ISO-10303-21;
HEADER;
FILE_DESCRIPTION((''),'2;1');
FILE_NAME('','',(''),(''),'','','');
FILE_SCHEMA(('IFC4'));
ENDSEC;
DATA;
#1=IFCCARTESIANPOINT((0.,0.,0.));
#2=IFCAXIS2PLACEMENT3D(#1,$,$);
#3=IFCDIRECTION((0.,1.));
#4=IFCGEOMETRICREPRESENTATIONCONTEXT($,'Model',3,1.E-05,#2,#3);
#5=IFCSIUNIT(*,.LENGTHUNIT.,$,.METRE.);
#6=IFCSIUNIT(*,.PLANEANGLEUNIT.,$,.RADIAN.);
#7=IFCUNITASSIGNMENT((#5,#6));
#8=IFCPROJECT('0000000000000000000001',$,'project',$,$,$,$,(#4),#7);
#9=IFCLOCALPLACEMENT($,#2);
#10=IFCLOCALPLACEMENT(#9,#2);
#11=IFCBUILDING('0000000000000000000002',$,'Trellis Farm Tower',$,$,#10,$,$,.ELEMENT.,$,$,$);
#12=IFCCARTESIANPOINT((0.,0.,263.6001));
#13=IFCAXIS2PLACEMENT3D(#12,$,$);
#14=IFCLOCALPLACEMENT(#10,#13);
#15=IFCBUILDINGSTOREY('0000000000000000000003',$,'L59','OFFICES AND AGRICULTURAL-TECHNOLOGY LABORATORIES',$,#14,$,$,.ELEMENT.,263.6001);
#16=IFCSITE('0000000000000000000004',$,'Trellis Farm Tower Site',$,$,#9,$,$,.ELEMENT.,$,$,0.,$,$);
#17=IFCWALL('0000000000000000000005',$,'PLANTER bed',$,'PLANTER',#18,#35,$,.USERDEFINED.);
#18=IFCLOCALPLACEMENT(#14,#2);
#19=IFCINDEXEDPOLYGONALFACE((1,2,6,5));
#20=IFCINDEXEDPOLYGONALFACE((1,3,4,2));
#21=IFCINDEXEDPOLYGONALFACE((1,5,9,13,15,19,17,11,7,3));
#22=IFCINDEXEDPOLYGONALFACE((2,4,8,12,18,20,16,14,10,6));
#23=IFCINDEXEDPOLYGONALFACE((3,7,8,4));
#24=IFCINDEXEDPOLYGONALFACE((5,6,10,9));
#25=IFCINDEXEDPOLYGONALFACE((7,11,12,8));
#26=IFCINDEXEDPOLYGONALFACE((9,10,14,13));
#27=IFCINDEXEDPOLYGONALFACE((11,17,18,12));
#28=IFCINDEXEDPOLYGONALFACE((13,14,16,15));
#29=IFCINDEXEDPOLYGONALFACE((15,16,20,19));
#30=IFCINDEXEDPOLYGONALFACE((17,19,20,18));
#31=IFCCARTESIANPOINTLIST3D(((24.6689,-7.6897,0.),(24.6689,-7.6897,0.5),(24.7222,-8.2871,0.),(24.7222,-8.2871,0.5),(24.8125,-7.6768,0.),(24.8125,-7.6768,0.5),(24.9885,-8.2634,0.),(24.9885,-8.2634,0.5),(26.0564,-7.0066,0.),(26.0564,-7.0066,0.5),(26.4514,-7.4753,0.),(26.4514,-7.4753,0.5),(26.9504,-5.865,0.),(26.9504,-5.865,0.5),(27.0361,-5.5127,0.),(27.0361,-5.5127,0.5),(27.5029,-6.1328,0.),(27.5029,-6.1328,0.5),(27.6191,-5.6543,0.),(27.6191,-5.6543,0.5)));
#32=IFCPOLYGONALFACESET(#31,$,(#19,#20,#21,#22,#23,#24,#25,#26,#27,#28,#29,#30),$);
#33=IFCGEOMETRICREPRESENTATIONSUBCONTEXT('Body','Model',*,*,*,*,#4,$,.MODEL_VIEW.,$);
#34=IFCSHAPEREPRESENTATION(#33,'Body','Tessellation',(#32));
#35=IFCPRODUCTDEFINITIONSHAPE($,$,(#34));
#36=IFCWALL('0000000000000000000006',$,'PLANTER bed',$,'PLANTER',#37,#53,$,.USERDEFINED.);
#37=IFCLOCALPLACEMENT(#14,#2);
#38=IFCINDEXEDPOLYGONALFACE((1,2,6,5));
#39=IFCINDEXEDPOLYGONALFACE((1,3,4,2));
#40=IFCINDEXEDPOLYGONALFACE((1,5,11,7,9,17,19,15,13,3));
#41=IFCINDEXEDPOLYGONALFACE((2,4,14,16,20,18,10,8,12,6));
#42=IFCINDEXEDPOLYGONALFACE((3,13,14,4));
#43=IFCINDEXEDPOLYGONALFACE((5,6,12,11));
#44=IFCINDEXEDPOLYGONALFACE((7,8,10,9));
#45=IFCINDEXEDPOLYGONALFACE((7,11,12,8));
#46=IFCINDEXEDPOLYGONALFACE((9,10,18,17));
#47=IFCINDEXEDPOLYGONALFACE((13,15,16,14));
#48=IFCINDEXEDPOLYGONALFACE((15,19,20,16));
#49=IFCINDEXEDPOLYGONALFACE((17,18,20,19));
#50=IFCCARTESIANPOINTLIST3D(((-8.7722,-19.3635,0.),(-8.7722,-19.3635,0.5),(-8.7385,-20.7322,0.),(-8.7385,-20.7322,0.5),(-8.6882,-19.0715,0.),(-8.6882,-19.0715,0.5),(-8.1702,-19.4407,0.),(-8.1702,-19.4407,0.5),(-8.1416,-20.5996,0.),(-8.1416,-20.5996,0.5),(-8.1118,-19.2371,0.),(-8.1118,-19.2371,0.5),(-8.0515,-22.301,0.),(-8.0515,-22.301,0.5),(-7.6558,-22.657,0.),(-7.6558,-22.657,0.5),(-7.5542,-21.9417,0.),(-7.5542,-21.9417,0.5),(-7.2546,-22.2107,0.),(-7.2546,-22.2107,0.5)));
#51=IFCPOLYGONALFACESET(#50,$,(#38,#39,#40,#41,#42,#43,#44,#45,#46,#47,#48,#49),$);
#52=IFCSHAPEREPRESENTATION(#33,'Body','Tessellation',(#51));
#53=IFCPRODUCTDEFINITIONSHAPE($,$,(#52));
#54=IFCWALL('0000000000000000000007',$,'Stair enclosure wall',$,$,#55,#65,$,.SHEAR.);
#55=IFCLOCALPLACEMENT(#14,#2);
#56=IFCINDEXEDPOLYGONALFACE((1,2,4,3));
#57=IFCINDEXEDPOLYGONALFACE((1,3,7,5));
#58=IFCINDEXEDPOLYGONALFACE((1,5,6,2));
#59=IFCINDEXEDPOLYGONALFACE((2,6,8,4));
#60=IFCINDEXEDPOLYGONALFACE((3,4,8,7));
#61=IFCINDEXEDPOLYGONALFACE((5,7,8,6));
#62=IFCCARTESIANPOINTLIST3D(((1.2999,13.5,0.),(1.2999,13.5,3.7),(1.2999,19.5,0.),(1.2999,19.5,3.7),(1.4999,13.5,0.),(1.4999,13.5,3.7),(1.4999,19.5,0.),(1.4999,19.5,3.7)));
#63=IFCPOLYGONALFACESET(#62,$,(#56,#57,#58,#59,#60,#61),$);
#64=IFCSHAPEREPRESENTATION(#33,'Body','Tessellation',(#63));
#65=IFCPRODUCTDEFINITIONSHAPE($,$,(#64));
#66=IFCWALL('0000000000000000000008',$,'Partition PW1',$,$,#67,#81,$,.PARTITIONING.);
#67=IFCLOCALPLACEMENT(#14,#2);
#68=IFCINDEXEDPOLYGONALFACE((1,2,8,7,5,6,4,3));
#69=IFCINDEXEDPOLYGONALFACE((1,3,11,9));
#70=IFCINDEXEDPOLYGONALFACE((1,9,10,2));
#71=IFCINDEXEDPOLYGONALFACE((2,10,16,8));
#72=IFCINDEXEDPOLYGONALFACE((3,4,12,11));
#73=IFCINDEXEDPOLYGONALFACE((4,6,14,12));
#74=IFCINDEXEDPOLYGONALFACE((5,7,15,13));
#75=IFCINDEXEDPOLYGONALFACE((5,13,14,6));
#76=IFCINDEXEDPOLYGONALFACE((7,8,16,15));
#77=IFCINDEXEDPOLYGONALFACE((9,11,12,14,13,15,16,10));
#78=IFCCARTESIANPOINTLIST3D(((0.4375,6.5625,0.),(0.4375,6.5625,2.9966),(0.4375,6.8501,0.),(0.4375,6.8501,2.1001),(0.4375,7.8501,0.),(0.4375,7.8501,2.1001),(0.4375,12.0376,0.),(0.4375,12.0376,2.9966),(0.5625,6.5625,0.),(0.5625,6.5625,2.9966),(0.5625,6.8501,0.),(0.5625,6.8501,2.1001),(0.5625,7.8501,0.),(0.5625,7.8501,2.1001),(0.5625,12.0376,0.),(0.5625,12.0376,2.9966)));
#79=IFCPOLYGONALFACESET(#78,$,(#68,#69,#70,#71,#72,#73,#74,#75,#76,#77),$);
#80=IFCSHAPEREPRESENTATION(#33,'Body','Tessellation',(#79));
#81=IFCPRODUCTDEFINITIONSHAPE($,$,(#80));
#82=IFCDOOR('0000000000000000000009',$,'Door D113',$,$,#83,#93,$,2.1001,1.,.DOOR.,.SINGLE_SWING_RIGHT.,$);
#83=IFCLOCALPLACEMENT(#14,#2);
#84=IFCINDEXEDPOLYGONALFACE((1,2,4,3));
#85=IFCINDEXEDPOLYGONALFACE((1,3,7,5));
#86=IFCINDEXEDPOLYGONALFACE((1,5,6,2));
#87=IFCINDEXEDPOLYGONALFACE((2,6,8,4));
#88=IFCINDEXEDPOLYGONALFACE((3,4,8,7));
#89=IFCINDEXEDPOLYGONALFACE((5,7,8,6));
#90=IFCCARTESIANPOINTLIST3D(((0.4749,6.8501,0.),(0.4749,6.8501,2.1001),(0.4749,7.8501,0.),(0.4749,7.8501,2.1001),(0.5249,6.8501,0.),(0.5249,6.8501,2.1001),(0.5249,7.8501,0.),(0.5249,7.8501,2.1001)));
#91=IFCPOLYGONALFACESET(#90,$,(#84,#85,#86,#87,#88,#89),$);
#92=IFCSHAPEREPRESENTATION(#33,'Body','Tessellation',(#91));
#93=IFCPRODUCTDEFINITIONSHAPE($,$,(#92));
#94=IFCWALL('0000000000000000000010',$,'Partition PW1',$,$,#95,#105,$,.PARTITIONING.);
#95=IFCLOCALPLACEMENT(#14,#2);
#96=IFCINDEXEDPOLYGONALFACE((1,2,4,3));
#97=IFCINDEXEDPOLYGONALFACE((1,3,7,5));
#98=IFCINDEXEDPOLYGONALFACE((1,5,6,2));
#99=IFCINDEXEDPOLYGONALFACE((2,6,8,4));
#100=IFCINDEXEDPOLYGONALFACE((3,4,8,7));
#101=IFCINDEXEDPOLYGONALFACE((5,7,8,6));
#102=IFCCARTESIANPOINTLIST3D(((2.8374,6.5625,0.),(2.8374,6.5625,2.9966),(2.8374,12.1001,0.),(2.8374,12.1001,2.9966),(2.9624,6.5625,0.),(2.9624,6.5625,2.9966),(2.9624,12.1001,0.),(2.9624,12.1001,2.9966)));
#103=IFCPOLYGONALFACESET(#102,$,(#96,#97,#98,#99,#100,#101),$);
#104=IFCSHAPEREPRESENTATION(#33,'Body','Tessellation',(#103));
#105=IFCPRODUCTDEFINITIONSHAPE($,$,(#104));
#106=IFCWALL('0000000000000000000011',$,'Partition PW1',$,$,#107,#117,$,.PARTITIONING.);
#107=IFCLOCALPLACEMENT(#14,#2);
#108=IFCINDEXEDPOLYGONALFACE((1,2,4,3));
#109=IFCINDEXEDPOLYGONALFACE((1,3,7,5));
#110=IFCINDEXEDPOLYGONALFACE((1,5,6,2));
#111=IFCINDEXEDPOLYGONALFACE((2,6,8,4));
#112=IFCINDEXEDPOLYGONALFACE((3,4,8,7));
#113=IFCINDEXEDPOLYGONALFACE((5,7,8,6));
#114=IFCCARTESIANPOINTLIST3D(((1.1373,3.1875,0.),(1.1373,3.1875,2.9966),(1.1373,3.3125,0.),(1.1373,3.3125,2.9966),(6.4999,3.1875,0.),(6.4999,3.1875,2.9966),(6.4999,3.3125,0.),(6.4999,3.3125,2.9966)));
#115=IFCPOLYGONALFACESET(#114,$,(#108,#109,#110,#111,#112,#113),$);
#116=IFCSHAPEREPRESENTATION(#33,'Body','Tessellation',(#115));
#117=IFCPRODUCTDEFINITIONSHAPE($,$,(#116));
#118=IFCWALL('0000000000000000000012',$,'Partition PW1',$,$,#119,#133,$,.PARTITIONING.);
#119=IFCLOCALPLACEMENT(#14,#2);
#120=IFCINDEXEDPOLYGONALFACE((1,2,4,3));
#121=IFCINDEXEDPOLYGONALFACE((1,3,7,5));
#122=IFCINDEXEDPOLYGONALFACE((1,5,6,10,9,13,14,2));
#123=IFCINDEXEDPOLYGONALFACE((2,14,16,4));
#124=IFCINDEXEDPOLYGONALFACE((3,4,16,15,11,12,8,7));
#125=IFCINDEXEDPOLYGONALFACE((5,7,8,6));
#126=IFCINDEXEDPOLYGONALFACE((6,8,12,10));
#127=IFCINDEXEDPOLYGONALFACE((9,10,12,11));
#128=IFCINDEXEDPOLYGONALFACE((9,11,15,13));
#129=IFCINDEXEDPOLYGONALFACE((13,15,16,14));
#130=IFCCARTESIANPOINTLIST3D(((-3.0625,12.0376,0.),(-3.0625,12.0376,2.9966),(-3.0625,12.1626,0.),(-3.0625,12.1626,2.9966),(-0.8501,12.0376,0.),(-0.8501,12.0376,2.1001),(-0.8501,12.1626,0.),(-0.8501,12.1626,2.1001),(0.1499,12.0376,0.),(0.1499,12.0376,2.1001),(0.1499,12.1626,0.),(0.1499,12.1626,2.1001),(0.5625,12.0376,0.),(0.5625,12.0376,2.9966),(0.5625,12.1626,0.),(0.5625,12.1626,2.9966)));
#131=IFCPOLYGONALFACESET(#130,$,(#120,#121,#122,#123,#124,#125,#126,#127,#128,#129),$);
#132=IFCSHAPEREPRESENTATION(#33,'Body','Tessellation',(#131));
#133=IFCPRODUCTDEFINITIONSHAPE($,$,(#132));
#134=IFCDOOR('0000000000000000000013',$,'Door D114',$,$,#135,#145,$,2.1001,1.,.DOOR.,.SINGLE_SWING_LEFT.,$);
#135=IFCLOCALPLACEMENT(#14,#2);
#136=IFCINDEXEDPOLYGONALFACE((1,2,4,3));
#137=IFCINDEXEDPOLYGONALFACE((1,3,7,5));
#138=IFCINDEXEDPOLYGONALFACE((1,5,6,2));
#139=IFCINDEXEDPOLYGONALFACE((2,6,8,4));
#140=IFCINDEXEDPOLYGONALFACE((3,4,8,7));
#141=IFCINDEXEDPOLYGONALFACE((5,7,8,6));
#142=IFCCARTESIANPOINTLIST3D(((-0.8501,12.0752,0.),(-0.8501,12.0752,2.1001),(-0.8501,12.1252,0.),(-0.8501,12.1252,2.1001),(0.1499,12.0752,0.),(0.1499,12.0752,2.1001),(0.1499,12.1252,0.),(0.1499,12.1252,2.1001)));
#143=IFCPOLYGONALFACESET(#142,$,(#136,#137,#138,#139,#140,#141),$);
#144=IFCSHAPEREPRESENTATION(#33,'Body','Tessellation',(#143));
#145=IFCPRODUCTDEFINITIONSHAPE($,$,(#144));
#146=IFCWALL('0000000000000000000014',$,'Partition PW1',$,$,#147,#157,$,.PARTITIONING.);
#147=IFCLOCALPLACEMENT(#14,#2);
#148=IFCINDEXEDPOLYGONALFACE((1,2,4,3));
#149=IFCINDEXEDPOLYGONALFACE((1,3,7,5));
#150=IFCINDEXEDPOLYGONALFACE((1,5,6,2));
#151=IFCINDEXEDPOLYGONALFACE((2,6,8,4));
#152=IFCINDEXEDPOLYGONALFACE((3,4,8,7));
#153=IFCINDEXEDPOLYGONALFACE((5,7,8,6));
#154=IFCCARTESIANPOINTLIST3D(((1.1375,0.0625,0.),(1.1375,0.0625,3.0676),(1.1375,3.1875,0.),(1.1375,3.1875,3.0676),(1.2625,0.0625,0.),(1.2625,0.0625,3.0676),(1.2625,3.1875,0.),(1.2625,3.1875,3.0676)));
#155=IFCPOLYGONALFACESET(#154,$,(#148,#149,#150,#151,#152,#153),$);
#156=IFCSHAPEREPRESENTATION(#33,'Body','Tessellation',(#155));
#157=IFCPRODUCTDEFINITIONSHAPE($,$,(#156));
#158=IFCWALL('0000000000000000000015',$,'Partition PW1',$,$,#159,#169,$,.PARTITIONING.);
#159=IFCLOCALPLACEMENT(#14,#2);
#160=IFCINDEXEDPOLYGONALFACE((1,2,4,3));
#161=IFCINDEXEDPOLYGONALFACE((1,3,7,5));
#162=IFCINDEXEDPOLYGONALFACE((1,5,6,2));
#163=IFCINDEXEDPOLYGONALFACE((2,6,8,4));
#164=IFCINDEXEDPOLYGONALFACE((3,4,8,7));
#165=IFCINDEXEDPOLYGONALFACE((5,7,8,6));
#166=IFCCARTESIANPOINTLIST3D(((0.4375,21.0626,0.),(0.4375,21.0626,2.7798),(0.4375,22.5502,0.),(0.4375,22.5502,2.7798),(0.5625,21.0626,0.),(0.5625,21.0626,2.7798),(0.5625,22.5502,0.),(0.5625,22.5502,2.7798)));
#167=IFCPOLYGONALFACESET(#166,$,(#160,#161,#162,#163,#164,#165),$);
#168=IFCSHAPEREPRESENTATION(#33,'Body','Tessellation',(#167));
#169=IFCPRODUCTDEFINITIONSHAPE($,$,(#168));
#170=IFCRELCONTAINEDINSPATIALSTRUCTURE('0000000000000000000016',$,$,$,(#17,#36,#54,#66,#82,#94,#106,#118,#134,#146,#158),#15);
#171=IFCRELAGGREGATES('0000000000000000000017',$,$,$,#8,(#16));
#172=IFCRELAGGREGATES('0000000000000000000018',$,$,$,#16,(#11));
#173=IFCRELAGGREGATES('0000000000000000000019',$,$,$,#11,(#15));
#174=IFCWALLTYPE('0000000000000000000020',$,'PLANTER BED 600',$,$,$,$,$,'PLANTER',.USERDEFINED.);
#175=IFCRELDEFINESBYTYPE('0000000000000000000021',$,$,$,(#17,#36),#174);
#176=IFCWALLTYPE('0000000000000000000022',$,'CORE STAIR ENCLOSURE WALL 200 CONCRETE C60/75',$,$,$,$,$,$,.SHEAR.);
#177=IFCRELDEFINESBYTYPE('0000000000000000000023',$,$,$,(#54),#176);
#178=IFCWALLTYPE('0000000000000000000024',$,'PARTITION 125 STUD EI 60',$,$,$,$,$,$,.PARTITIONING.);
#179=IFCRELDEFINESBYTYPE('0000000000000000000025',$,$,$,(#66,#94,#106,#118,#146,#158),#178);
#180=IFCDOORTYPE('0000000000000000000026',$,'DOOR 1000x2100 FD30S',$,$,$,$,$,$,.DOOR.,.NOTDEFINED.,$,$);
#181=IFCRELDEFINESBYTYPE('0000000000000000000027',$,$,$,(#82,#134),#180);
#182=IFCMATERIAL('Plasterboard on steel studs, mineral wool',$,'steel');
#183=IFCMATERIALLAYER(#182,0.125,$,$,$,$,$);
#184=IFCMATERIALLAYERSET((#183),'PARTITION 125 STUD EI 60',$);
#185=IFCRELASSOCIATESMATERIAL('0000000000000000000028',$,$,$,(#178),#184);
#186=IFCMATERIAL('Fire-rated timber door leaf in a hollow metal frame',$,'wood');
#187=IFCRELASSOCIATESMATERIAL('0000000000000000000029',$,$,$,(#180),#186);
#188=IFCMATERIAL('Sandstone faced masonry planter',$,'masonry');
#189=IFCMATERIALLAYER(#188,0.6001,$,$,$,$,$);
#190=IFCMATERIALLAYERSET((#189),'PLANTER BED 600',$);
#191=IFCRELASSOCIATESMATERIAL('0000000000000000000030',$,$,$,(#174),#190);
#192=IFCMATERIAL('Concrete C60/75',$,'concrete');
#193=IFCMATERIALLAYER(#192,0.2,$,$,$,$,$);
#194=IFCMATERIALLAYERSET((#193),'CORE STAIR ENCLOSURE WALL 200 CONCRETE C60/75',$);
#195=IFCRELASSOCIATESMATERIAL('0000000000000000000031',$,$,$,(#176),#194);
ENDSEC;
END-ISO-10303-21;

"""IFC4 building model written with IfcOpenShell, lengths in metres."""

from ifc_helpers import new_model, si_unit, direction, frame, frame_2d, origin, place, context, subcontext, project, spatial, polyline, rectangle, outline, extrude, source, transform, mapped, material, layer, layer_set, type_object, element, fill, save


model = new_model("IFC4")

# Units and contexts
model_context = context("Model", 3, precision=1e-05, world=origin(), true_north=direction((0.0, 1.0)))
body_context = subcontext(model_context, "Body", "Model", "MODEL_VIEW")
ifc_project = project(units=[si_unit("LENGTHUNIT", "METRE"), si_unit("PLANEANGLEUNIT", "RADIAN")], contexts=[model_context])

# Site, building, storey
site_placement = place(None, origin())
site = spatial("IfcSite", under=ifc_project, at=site_placement, Name="Trellis Farm Tower Site", CompositionType="ELEMENT", RefElevation=0.0)
building_placement = place(site_placement, origin())
building = spatial("IfcBuilding", under=site, at=building_placement, Name="Trellis Farm Tower", CompositionType="ELEMENT")
storey_placement = place(building_placement, frame((0.0, 0.0, 263.6001)))
storey = spatial("IfcBuildingStorey", under=building, at=storey_placement, Name="L59", Description="OFFICES AND AGRICULTURAL-TECHNOLOGY LABORATORIES", CompositionType="ELEMENT", Elevation=263.6001)

# Shared definitions
placement_1 = place(storey_placement, origin())

# Shared definitions
ifc_material_1 = material(Name="Plasterboard on steel studs, mineral wool", Category="steel")
ifc_layer_1 = layer(ifc_material_1, 0.125)
ifc_layer_set_1 = layer_set([ifc_layer_1], Name="PARTITION 125 STUD EI 60")
wall_type_1 = type_object("IfcWallType", Name="PARTITION 125 STUD EI 60", PredefinedType="PARTITIONING", material=ifc_layer_set_1)
shared_shape_1 = source(origin(), body_context, "Body", "SweptSolid", [
    extrude(rectangle(XDim=1.0, YDim=2.1001, at=frame_2d((0.5, 1.05))), frame((0.0, 0.0725, 0.0), z_axis=(0.0, -1.0, 0.0), x_axis=(1.0, 0.0, 0.0)), (0.0, 0.0, 1.0), 0.145),
])
ifc_material_2 = material(Name="Fire-rated timber door leaf in a hollow metal frame", Category="wood")
door_type = type_object("IfcDoorType", Name="DOOR 1000x2100 FD30S", OperationType="NOTDEFINED", PredefinedType="DOOR", material=ifc_material_2)
shared_shape_2 = source(origin(), body_context, "Body", "SweptSolid", [
    extrude(rectangle(XDim=1.0, YDim=2.1001, at=frame_2d((0.5, 1.05))), frame((0.0, 0.0249, 0.0), z_axis=(0.0, -1.0, 0.0), x_axis=(1.0, 0.0, 0.0)), (0.0, 0.0, 1.0), 0.05),
])

# Walls
ifc_material_3 = material(Name="Sandstone faced masonry planter", Category="masonry")
ifc_layer_2 = layer(ifc_material_3, 0.6001)
ifc_layer_set_2 = layer_set([ifc_layer_2], Name="PLANTER BED 600")
wall_type_2 = type_object("IfcWallType", Name="PLANTER BED 600", ElementType="PLANTER", PredefinedType="USERDEFINED", material=ifc_layer_set_2)
element("IfcWall", 1, at=placement_1, inside=storey, type_object=wall_type_2, Name="PLANTER bed", ObjectType="PLANTER", PredefinedType="USERDEFINED", context=body_context, shape_type="SweptSolid", body=[
    extrude(outline(polyline([(26.4514, -7.4753), (24.9885, -8.2634), (24.7222, -8.2871), (24.6689, -7.6897), (24.8125, -7.6768), (26.0564, -7.0066), (26.9504, -5.865), (27.0361, -5.5127), (27.6191, -5.6543), (27.5029, -6.1328), (26.4514, -7.4753)])), origin(), (0.0, 0.0, 1.0), 0.5),
])
element("IfcWall", 2, at=placement_1, inside=storey, type_object=wall_type_2, Name="PLANTER bed", ObjectType="PLANTER", PredefinedType="USERDEFINED", context=body_context, shape_type="SweptSolid", body=[
    extrude(outline(polyline([(-8.7385, -20.7322), (-8.7722, -19.3635), (-8.6882, -19.0715), (-8.1118, -19.2371), (-8.1702, -19.4407), (-8.1416, -20.5996), (-7.5542, -21.9417), (-7.2546, -22.2107), (-7.6558, -22.657), (-8.0515, -22.301), (-8.7385, -20.7322)])), origin(), (0.0, 0.0, 1.0), 0.5),
])
ifc_material_4 = material(Name="Concrete C60/75", Category="concrete")
ifc_layer_3 = layer(ifc_material_4, 0.2)
ifc_layer_set_3 = layer_set([ifc_layer_3], Name="CORE STAIR ENCLOSURE WALL 200 CONCRETE C60/75")
wall_type_3 = type_object("IfcWallType", Name="CORE STAIR ENCLOSURE WALL 200 CONCRETE C60/75", PredefinedType="SHEAR", material=ifc_layer_set_3)
shared_shape_3 = source(origin(), body_context, "Body", "SweptSolid", [
    extrude(rectangle(XDim=6.0, YDim=0.2, at=frame_2d((3.0, 0.0))), origin(), (0.0, 0.0, 1.0), 3.7),
])
wall_1_placement = place(storey_placement, frame((1.3999, 13.5, 0.0), z_axis=(0.0, 0.0, 1.0), x_axis=(0.0, 1.0, 0.0)))
element("IfcWall", 3, at=wall_1_placement, inside=storey, type_object=wall_type_3, Name="Stair enclosure wall", PredefinedType="SHEAR", context=body_context, shape_type="MappedRepresentation", body=[
    mapped(shared_shape_3, transform((0.0, 0.0, 0.0))),
])

# Wall, opening, door
shared_shape_4 = source(origin(), body_context, "Body", "SweptSolid", [
    extrude(rectangle(XDim=5.4751, YDim=0.125, at=frame_2d((2.7375, 0.0))), origin(), (0.0, 0.0, 1.0), 2.9966),
])
wall_2_placement = place(storey_placement, frame((0.5, 12.0376, 0.0), z_axis=(0.0, 0.0, 1.0), x_axis=(0.0, -1.0, 0.0)))
wall_2 = element("IfcWall", 4, at=wall_2_placement, inside=storey, type_object=wall_type_1, Name="Partition PW1", PredefinedType="PARTITIONING", context=body_context, shape_type="MappedRepresentation", body=[
    mapped(shared_shape_4, transform((0.0, 0.0, 0.0))),
])
opening_1_placement = place(wall_2_placement, frame((4.1875, 0.0, 0.0)))
opening_1 = element("IfcOpeningElement", 5, at=opening_1_placement, cuts=wall_2, PredefinedType="OPENING", context=body_context, shape_type="MappedRepresentation", body=[
    mapped(shared_shape_1, transform((0.0, 0.0, 0.0))),
])
door_1_placement = place(opening_1_placement, origin())
door_1 = element("IfcDoor", 6, at=door_1_placement, inside=storey, type_object=door_type, Name="Door D113", OperationType="SINGLE_SWING_RIGHT", OverallHeight=2.1001, OverallWidth=1.0, PredefinedType="DOOR", context=body_context, shape_type="MappedRepresentation", body=[
    mapped(shared_shape_2, transform((0.0, 0.0, 0.0))),
])
fill(opening_1, door_1)

# Walls
shared_shape_5 = source(origin(), body_context, "Body", "SweptSolid", [
    extrude(rectangle(XDim=5.5376, YDim=0.125, at=frame_2d((2.7688, 0.0))), origin(), (0.0, 0.0, 1.0), 2.9966),
])
wall_3_placement = place(storey_placement, frame((2.8999, 12.1001, 0.0), z_axis=(0.0, 0.0, 1.0), x_axis=(0.0, -1.0, 0.0)))
element("IfcWall", 7, at=wall_3_placement, inside=storey, type_object=wall_type_1, Name="Partition PW1", PredefinedType="PARTITIONING", context=body_context, shape_type="MappedRepresentation", body=[
    mapped(shared_shape_5, transform((0.0, 0.0, 0.0))),
])
shared_shape_6 = source(origin(), body_context, "Body", "SweptSolid", [
    extrude(rectangle(XDim=5.3625, YDim=0.125, at=frame_2d((2.6812, 0.0))), origin(), (0.0, 0.0, 1.0), 2.9966),
])
wall_4_placement = place(storey_placement, frame((1.1375, 3.25, 0.0), z_axis=(0.0, 0.0, 1.0), x_axis=(1.0, 0.0, 0.0)))
element("IfcWall", 8, at=wall_4_placement, inside=storey, type_object=wall_type_1, Name="Partition PW1", PredefinedType="PARTITIONING", context=body_context, shape_type="MappedRepresentation", body=[
    mapped(shared_shape_6, transform((0.0, 0.0, 0.0))),
])

# Wall, opening, door
shared_shape_7 = source(origin(), body_context, "Body", "SweptSolid", [
    extrude(rectangle(XDim=3.625, YDim=0.125, at=frame_2d((1.8125, 0.0))), origin(), (0.0, 0.0, 1.0), 2.9966),
])
wall_5_placement = place(storey_placement, frame((0.5625, 12.1001, 0.0), z_axis=(0.0, 0.0, 1.0), x_axis=(-1.0, 0.0, 0.0)))
wall_5 = element("IfcWall", 9, at=wall_5_placement, inside=storey, type_object=wall_type_1, Name="Partition PW1", PredefinedType="PARTITIONING", context=body_context, shape_type="MappedRepresentation", body=[
    mapped(shared_shape_7, transform((0.0, 0.0, 0.0))),
])
opening_2_placement = place(wall_5_placement, frame((0.4126, 0.0, 0.0)))
opening_2 = element("IfcOpeningElement", 10, at=opening_2_placement, cuts=wall_5, PredefinedType="OPENING", context=body_context, shape_type="MappedRepresentation", body=[
    mapped(shared_shape_1, transform((0.0, 0.0, 0.0))),
])
door_2_placement = place(opening_2_placement, origin())
door_2 = element("IfcDoor", 11, at=door_2_placement, inside=storey, type_object=door_type, Name="Door D114", OperationType="SINGLE_SWING_LEFT", OverallHeight=2.1001, OverallWidth=1.0, PredefinedType="DOOR", context=body_context, shape_type="MappedRepresentation", body=[
    mapped(shared_shape_2, transform((0.0, 0.0, 0.0))),
])
fill(opening_2, door_2)

# Walls
shared_shape_8 = source(origin(), body_context, "Body", "SweptSolid", [
    extrude(rectangle(XDim=3.125, YDim=0.125, at=frame_2d((1.5625, 0.0))), origin(), (0.0, 0.0, 1.0), 3.0676),
])
wall_6_placement = place(storey_placement, frame((1.2, 3.1875, 0.0), z_axis=(0.0, 0.0, 1.0), x_axis=(0.0, -1.0, 0.0)))
element("IfcWall", 12, at=wall_6_placement, inside=storey, type_object=wall_type_1, Name="Partition PW1", PredefinedType="PARTITIONING", context=body_context, shape_type="MappedRepresentation", body=[
    mapped(shared_shape_8, transform((0.0, 0.0, 0.0))),
])
shared_shape_9 = source(origin(), body_context, "Body", "SweptSolid", [
    extrude(rectangle(XDim=1.4875, YDim=0.125, at=frame_2d((0.7437, 0.0))), origin(), (0.0, 0.0, 1.0), 2.7798),
])
wall_7_placement = place(storey_placement, frame((0.5, 22.55, 0.0), z_axis=(0.0, 0.0, 1.0), x_axis=(0.0, -1.0, 0.0)))
element("IfcWall", 13, at=wall_7_placement, inside=storey, type_object=wall_type_1, Name="Partition PW1", PredefinedType="PARTITIONING", context=body_context, shape_type="MappedRepresentation", body=[
    mapped(shared_shape_9, transform((0.0, 0.0, 0.0))),
])

save(model, "model.ifc")
